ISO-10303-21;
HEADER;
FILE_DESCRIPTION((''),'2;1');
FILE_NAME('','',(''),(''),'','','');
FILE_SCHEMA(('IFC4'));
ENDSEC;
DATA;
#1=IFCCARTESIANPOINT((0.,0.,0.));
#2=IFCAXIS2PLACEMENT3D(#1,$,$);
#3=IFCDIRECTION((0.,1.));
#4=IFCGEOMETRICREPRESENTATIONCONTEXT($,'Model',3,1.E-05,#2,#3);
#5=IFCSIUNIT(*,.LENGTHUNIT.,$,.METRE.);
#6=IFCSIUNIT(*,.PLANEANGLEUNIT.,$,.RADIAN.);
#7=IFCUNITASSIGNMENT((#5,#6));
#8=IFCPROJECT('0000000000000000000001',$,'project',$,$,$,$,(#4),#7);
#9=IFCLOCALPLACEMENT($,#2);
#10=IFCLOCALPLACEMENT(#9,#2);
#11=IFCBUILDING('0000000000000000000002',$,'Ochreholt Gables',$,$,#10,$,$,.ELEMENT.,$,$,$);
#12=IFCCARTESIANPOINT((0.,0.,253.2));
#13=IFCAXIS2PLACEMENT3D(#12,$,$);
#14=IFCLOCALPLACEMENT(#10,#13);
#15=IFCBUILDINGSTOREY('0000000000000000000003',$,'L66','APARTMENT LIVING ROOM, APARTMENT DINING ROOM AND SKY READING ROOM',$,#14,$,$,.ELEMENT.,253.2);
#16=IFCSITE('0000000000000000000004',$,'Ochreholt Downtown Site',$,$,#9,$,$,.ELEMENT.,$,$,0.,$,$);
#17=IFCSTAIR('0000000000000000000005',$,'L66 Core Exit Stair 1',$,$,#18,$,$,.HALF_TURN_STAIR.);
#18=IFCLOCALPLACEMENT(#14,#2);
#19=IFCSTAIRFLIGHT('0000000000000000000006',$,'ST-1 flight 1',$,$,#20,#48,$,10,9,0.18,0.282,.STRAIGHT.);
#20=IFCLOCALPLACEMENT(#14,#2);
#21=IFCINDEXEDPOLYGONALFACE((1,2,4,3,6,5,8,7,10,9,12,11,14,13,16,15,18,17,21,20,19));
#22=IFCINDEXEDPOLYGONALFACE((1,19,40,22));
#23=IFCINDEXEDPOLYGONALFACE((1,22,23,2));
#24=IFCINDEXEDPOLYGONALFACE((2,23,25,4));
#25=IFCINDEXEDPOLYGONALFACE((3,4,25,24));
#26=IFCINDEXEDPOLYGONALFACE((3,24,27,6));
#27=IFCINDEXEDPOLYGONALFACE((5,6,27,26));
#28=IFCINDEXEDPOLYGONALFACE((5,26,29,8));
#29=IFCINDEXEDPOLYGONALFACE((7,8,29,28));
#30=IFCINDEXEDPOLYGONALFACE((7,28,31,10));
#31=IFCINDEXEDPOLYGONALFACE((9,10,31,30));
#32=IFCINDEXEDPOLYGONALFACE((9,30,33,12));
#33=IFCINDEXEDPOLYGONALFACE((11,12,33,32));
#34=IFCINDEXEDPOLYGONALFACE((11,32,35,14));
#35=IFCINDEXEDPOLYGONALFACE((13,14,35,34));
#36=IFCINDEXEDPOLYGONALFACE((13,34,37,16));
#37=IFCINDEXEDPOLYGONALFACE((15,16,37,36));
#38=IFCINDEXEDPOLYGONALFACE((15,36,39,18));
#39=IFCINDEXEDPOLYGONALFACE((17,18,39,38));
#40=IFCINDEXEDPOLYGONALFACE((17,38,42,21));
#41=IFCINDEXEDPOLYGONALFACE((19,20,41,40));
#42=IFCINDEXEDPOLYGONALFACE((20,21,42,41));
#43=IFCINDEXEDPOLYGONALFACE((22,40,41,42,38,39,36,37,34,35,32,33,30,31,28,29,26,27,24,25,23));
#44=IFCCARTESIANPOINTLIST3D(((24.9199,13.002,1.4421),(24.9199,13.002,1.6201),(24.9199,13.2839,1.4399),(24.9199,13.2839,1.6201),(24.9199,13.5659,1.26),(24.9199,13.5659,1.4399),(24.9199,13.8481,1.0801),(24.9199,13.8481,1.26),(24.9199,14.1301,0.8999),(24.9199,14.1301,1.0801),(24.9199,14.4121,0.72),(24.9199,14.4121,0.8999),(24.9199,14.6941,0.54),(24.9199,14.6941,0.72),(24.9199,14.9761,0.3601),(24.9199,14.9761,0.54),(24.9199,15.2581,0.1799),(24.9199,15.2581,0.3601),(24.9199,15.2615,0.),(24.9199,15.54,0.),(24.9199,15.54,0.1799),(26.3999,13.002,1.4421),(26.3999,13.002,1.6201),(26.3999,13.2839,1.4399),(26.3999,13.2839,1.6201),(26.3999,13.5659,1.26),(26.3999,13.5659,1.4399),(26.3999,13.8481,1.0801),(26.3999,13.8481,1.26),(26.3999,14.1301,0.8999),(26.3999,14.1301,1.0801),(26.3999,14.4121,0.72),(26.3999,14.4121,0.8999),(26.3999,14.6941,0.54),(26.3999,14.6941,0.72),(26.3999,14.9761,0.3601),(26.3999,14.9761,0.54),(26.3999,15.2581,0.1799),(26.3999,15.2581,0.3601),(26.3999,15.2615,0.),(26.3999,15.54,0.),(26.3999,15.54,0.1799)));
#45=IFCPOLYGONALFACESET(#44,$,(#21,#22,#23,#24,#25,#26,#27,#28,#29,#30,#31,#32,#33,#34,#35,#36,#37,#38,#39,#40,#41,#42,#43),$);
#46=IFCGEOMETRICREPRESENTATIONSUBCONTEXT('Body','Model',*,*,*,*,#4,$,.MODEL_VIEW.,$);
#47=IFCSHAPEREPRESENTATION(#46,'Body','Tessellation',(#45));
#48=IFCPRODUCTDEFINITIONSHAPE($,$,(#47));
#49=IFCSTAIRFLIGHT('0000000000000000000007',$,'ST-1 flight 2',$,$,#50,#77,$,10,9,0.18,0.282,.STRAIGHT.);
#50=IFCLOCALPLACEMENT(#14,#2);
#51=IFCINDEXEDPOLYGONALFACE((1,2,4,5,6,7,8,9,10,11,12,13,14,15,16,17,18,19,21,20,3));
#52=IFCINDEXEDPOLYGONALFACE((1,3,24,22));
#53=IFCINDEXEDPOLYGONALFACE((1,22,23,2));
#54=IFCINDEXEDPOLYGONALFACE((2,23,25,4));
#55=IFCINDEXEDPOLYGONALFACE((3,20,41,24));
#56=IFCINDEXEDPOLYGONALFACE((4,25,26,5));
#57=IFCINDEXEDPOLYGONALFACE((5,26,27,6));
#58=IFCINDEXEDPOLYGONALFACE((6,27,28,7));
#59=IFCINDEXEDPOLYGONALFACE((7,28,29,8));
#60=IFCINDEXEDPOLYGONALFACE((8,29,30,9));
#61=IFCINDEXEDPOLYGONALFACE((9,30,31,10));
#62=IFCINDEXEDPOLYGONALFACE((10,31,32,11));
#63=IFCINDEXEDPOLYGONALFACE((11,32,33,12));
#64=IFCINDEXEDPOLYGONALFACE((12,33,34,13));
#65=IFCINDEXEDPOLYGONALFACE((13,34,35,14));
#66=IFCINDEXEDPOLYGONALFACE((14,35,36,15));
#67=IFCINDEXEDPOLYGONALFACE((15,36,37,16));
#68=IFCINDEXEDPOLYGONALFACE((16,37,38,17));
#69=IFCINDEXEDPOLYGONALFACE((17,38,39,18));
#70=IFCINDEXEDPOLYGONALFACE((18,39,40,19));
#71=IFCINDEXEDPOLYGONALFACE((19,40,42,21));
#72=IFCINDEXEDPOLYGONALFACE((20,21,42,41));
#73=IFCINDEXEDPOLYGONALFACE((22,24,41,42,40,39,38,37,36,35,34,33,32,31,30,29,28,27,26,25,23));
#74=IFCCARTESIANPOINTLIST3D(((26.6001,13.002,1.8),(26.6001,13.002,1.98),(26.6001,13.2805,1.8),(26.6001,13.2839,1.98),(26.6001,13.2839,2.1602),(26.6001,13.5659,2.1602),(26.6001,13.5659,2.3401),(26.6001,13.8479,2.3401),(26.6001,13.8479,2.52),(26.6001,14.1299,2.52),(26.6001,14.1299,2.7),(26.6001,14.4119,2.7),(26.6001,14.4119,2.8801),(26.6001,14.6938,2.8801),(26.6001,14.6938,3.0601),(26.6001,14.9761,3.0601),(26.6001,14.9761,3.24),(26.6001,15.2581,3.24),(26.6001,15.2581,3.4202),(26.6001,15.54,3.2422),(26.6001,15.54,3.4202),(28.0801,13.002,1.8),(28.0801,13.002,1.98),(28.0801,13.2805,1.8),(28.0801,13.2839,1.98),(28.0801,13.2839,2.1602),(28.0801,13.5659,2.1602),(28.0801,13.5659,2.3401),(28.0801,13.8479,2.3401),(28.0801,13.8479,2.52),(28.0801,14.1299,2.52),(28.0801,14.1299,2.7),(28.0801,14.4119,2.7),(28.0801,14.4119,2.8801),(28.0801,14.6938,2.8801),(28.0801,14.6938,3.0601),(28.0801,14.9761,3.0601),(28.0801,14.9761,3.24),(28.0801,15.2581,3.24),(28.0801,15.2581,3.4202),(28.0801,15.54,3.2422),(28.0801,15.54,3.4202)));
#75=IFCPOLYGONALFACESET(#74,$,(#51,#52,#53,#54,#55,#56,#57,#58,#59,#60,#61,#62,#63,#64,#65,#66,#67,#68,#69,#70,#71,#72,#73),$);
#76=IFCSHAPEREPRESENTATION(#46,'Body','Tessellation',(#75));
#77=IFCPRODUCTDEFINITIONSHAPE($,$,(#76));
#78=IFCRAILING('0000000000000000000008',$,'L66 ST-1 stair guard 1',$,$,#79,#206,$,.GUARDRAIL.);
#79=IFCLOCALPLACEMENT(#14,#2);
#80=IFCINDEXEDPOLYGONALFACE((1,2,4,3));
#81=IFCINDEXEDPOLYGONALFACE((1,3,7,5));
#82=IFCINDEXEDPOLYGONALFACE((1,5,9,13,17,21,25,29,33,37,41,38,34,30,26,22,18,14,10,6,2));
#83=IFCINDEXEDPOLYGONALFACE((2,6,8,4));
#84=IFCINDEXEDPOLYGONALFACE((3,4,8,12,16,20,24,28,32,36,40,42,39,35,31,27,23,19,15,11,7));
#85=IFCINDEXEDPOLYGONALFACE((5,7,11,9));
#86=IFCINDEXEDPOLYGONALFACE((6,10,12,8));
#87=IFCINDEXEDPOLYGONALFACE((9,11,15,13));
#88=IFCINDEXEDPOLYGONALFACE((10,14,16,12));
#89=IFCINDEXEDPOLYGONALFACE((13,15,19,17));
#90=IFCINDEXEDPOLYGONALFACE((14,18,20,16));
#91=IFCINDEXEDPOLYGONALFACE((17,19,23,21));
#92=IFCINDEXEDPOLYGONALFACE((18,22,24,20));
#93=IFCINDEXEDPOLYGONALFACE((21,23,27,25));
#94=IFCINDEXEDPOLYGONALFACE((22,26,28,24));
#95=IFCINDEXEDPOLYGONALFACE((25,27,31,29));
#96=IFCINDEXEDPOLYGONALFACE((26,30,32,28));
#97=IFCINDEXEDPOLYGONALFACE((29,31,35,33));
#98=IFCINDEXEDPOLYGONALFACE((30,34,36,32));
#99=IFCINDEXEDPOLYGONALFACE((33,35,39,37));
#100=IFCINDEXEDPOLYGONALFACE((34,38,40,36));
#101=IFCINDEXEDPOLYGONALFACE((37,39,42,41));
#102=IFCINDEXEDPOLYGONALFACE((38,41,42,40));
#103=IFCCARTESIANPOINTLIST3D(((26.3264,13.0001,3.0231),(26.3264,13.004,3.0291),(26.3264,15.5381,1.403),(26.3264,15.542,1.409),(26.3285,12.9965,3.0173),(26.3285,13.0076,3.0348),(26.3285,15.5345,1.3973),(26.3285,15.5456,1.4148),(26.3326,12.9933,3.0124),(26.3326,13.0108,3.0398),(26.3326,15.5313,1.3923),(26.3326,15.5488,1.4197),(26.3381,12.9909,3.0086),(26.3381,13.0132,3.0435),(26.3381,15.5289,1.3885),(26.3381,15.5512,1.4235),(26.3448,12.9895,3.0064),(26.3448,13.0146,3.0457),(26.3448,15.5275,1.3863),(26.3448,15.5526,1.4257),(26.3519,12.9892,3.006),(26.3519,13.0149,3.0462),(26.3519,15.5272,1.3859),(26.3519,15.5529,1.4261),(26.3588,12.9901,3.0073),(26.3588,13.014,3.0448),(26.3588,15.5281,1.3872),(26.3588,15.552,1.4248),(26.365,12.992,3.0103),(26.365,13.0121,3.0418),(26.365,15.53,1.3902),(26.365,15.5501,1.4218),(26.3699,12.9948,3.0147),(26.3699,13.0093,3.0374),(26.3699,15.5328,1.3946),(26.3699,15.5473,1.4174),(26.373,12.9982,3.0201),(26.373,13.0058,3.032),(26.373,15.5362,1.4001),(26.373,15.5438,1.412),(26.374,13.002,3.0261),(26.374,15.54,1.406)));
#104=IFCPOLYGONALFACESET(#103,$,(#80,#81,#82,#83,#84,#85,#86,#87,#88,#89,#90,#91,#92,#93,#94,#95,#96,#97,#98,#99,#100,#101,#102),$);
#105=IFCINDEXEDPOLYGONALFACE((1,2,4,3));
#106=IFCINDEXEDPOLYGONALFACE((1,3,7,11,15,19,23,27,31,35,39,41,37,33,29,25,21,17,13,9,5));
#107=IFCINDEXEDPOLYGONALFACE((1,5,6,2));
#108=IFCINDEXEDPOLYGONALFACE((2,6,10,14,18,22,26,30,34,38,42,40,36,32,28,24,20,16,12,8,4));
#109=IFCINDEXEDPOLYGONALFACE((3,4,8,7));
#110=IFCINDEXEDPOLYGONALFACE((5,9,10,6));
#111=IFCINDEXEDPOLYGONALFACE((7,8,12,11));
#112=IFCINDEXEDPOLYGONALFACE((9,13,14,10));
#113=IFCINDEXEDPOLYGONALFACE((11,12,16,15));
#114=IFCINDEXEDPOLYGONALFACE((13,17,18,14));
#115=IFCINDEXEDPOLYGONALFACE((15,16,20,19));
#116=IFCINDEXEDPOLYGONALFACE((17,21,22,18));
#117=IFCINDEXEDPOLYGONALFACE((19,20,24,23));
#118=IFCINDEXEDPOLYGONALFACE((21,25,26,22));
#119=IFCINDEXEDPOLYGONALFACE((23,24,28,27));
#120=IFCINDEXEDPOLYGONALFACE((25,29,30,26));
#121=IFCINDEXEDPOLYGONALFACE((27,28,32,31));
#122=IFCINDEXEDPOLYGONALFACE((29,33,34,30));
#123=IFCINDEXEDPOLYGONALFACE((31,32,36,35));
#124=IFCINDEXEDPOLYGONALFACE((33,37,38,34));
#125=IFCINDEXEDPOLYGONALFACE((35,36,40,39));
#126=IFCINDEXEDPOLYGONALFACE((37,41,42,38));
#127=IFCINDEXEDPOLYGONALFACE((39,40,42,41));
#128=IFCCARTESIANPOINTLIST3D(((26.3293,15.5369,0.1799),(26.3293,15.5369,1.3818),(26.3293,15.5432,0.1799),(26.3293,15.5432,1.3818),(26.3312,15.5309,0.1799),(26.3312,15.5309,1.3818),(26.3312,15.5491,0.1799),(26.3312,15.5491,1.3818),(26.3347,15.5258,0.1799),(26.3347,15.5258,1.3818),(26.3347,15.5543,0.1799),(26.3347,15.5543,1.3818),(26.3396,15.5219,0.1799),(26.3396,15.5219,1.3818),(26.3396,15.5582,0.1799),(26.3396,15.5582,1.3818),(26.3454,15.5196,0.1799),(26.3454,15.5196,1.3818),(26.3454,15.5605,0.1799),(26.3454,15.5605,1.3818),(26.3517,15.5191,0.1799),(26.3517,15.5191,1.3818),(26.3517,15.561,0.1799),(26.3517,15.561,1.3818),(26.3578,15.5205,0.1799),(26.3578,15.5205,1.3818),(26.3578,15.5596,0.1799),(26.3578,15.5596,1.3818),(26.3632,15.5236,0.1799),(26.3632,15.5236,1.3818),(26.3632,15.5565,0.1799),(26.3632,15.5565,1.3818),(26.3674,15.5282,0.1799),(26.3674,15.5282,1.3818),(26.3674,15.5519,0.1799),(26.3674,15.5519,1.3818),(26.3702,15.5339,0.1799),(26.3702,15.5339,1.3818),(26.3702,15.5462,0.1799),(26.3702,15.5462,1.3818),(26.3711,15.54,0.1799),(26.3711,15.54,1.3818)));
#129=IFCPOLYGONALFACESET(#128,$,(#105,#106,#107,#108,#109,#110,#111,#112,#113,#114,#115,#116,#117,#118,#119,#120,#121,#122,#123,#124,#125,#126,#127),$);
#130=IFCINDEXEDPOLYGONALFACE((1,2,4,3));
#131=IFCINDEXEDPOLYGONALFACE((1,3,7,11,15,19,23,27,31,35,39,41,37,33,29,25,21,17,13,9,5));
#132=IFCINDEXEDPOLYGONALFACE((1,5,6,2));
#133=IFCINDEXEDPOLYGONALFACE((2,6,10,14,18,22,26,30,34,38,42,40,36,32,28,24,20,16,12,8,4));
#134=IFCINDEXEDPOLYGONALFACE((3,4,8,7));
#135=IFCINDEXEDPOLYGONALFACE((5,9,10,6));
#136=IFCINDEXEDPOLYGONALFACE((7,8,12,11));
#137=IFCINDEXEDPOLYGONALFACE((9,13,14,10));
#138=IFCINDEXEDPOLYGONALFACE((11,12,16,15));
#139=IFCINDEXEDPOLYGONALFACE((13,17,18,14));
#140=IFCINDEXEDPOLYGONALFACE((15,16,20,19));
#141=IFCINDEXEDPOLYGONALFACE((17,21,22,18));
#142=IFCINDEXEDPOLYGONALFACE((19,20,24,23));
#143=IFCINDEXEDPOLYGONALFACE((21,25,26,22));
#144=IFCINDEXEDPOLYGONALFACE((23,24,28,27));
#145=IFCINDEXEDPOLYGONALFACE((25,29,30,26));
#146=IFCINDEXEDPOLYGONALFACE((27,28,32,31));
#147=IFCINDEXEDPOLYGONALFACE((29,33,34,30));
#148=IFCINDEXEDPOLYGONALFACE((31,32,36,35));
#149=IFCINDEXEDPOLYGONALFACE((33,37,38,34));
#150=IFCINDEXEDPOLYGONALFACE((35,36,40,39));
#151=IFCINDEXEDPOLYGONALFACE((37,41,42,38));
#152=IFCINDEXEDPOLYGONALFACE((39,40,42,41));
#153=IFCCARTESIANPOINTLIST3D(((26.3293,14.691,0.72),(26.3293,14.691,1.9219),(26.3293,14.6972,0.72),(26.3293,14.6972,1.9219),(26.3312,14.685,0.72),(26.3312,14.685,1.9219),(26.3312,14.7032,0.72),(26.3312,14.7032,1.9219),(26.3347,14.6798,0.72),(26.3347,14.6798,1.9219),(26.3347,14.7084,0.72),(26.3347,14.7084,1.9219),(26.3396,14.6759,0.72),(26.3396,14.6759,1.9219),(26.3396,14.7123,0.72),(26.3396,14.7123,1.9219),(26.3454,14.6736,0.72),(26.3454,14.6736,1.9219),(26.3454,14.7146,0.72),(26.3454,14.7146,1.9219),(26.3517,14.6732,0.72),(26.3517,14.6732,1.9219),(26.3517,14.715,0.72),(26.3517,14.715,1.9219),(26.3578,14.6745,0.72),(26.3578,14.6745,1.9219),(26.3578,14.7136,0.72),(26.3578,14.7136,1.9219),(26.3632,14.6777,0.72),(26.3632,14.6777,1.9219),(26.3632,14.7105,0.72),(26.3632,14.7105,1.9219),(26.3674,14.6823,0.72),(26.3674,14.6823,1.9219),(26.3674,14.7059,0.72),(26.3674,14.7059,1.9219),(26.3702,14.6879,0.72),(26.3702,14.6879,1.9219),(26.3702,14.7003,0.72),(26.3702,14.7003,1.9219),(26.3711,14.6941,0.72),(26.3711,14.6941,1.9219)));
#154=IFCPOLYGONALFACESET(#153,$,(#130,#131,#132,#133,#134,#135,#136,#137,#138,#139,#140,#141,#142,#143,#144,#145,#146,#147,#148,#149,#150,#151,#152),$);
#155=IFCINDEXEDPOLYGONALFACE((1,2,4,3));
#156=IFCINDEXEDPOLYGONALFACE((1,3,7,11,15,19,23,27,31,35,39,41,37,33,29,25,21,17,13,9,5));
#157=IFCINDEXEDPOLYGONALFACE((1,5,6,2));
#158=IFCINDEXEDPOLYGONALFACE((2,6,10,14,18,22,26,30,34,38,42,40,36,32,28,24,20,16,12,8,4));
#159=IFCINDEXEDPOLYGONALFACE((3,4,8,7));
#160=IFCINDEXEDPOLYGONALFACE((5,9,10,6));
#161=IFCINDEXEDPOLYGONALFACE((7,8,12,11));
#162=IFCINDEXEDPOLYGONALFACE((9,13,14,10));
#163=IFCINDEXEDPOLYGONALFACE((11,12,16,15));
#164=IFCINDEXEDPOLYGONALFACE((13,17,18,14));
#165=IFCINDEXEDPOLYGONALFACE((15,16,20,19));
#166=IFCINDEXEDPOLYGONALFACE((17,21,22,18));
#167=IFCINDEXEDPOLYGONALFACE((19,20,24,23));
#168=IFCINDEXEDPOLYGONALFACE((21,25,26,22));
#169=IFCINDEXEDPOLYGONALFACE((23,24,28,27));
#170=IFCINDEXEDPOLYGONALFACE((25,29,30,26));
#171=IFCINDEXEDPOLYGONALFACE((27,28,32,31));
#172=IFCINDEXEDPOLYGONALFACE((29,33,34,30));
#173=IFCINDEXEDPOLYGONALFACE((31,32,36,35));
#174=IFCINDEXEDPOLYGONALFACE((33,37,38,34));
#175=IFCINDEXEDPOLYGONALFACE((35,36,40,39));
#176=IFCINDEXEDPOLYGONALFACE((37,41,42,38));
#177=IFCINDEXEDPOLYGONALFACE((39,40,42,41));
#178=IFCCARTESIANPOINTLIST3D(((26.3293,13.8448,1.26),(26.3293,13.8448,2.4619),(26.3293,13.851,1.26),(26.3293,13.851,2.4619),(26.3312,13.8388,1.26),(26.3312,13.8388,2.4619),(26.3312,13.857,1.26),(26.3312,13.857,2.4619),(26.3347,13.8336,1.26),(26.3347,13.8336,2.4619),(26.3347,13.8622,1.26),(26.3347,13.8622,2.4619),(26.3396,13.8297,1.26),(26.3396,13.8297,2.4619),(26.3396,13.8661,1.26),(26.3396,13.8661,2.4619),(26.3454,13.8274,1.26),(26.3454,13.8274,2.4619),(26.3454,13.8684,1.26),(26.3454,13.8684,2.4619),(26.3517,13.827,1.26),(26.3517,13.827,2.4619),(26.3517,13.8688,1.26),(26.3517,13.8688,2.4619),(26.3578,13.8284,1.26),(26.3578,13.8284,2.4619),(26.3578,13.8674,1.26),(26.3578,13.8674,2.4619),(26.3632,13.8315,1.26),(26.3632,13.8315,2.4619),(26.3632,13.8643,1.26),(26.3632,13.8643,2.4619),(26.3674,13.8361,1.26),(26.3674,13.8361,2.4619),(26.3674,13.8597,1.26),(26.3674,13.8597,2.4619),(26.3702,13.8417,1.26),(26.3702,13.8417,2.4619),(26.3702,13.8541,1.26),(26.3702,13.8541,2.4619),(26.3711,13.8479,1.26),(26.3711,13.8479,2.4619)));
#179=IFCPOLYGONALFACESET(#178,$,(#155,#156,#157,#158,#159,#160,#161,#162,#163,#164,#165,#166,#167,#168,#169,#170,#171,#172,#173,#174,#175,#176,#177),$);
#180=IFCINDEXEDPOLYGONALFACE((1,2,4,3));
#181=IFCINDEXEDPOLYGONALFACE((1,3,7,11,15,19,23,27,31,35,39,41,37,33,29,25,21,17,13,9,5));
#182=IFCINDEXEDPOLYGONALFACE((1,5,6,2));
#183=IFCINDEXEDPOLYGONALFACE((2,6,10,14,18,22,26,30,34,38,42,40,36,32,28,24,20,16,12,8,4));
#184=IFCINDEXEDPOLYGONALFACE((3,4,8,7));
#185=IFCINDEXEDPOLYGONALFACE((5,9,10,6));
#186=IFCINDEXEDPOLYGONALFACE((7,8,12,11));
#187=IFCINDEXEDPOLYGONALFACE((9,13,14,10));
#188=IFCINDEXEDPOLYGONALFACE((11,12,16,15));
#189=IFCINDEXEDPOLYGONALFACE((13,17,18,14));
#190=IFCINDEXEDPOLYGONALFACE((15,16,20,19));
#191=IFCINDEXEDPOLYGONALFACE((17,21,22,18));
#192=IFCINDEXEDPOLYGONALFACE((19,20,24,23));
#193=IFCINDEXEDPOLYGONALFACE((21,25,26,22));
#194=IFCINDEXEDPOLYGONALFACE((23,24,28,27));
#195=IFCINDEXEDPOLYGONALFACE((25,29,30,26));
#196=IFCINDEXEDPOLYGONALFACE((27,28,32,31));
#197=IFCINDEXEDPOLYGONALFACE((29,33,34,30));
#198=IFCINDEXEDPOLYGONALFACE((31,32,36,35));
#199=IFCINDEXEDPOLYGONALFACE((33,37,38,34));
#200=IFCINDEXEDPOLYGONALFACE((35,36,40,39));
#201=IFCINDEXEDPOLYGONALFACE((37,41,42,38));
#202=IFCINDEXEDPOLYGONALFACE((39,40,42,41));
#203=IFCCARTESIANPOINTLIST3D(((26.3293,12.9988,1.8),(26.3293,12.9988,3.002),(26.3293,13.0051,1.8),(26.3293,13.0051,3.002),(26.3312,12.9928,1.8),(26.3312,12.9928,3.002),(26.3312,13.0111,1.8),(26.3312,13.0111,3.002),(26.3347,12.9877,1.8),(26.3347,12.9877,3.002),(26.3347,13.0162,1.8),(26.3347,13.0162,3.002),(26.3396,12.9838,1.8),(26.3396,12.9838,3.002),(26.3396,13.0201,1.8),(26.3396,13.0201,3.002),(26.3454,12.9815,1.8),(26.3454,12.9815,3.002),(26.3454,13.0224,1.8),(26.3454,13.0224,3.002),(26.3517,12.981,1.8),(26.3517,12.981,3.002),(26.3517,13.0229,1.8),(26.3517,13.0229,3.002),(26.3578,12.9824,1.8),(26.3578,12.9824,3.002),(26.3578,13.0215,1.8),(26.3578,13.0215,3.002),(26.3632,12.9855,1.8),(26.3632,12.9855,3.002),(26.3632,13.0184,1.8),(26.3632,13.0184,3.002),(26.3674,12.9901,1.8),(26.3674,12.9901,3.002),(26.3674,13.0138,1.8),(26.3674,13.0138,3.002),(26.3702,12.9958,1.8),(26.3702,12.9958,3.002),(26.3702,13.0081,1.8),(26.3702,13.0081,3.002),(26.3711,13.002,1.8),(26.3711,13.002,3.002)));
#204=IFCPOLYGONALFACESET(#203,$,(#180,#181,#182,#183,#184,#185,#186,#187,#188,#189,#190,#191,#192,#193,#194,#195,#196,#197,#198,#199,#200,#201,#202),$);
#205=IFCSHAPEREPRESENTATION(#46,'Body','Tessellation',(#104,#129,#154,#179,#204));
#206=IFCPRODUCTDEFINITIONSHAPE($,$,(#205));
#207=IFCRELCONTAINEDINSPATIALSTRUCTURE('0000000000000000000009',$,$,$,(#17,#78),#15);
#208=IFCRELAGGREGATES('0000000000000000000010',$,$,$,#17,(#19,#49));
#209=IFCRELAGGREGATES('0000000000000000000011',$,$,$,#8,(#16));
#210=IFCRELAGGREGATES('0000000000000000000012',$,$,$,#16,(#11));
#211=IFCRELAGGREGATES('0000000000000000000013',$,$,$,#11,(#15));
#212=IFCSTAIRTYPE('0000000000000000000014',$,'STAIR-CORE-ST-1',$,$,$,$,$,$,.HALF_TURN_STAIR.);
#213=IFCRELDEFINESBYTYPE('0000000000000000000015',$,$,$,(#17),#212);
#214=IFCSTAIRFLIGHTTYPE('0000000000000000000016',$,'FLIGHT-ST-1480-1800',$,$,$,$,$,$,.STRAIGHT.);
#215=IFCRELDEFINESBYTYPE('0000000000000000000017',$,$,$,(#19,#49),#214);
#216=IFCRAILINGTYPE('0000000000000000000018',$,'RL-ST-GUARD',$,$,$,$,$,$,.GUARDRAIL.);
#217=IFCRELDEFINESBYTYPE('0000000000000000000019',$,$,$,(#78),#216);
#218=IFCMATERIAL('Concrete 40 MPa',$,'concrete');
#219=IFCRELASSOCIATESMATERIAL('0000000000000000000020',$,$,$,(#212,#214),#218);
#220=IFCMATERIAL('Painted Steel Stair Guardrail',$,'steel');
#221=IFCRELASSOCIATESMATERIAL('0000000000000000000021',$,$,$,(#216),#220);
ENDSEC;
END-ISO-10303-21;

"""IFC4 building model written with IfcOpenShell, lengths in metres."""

from ifc_helpers import new_model, si_unit, direction, frame, origin, origin_2d, place, context, subcontext, project, spatial, polyline, circle, outline, extrude, material, type_object, element, aggregate, save


model = new_model("IFC4")

# Units and contexts
model_context = context("Model", 3, precision=1e-05, world=origin(), true_north=direction((0.0, 1.0)))
body_context = subcontext(model_context, "Body", "Model", "MODEL_VIEW")
ifc_project = project(units=[si_unit("LENGTHUNIT", "METRE"), si_unit("PLANEANGLEUNIT", "RADIAN")], contexts=[model_context])

# Site, building, storey
site_placement = place(None, origin())
site = spatial("IfcSite", under=ifc_project, at=site_placement, Name="Ochreholt Downtown Site", CompositionType="ELEMENT", RefElevation=0.0)
building_placement = place(site_placement, origin())
building = spatial("IfcBuilding", under=site, at=building_placement, Name="Ochreholt Gables", CompositionType="ELEMENT")
storey_placement = place(building_placement, frame((0.0, 0.0, 253.2)))
storey = spatial("IfcBuildingStorey", under=building, at=storey_placement, Name="L66", Description="APARTMENT LIVING ROOM, APARTMENT DINING ROOM AND SKY READING ROOM", CompositionType="ELEMENT", Elevation=253.2)

# Shared definitions
ifc_material_1 = material(Name="Concrete 40 MPa", Category="concrete")

# Stair, stair flights
stair_type = type_object("IfcStairType", Name="STAIR-CORE-ST-1", PredefinedType="HALF_TURN_STAIR", material=ifc_material_1)
stair_placement = place(storey_placement, origin())
stair = element("IfcStair", 1, at=stair_placement, inside=storey, type_object=stair_type, Name="L66 Core Exit Stair 1", PredefinedType="HALF_TURN_STAIR")
stair_flight_type = type_object("IfcStairFlightType", Name="FLIGHT-ST-1480-1800", PredefinedType="STRAIGHT", material=ifc_material_1)
stair_flight_1_placement = place(storey_placement, frame((25.6599, 15.54, 0.0), z_axis=(0.0, 0.0, 1.0), x_axis=(0.0, -1.0, 0.0)))
stair_flight_1 = element("IfcStairFlight", 2, at=stair_flight_1_placement, type_object=stair_flight_type, Name="ST-1 flight 1", NumberOfRisers=10, NumberOfTreads=9, PredefinedType="STRAIGHT", RiserHeight=0.18, TreadLength=0.282, context=body_context, shape_type="SweptSolid", body=[
    extrude(outline(polyline([(0.0, 0.0), (0.0, 0.1799), (0.282, 0.1799), (0.282, 0.3601), (0.564, 0.3601), (0.564, 0.54), (0.8459, 0.54), (0.8459, 0.72), (1.1279, 0.72), (1.1279, 0.8999), (1.4099, 0.8999), (1.4099, 1.0801), (1.6919, 1.0801), (1.6919, 1.26), (1.9741, 1.26), (1.9741, 1.4399), (2.2561, 1.4399), (2.2561, 1.6201), (2.5381, 1.6201), (2.5381, 1.8), (2.5381, 1.4421), (0.2786, 0.0), (0.0, 0.0)])), frame((0.0, 0.74, 0.0), z_axis=(0.0, -1.0, 0.0), x_axis=(1.0, 0.0, 0.0)), (0.0, 0.0, 1.0), 1.48),
])
stair_flight_2_placement = place(storey_placement, frame((27.3401, 13.002, 1.8), z_axis=(0.0, 0.0, 1.0), x_axis=(0.0, 1.0, 0.0)))
stair_flight_2 = element("IfcStairFlight", 3, at=stair_flight_2_placement, type_object=stair_flight_type, Name="ST-1 flight 2", NumberOfRisers=10, NumberOfTreads=9, PredefinedType="STRAIGHT", RiserHeight=0.18, TreadLength=0.282, context=body_context, shape_type="SweptSolid", body=[
    extrude(outline(polyline([(0.0, 0.0), (0.0, 0.1799), (0.282, 0.1799), (0.282, 0.3601), (0.564, 0.3601), (0.564, 0.54), (0.8459, 0.54), (0.8459, 0.72), (1.1279, 0.72), (1.1279, 0.8999), (1.4099, 0.8999), (1.4099, 1.0801), (1.6919, 1.0801), (1.6919, 1.26), (1.9741, 1.26), (1.9741, 1.4399), (2.2561, 1.4399), (2.2561, 1.6201), (2.5381, 1.6201), (2.5381, 1.8), (2.5381, 1.4421), (0.2786, 0.0), (0.0, 0.0)])), frame((0.0, 0.74, 0.0), z_axis=(0.0, -1.0, 0.0), x_axis=(1.0, 0.0, 0.0)), (0.0, 0.0, 1.0), 1.48),
])
aggregate(stair, [stair_flight_1, stair_flight_2])

# Railing
ifc_material_2 = material(Name="Painted Steel Stair Guardrail", Category="steel")
railing_type_1 = type_object("IfcRailingType", Name="RL-ST-GUARD", PredefinedType="GUARDRAIL", material=ifc_material_2)
railing_1_placement = place(storey_placement, frame((26.3501, 15.54, 0.1799)))
element("IfcRailing", 4, at=railing_1_placement, inside=storey, type_object=railing_type_1, Name="L66 ST-1 stair guard 1", PredefinedType="GUARDRAIL", context=body_context, shape_type="SweptSolid", body=[
    extrude(circle(Radius=0.0239, at=origin_2d()), frame((0.0, 0.0, 1.2261), z_axis=(0.0, -0.842913, 0.53805), x_axis=(1.0, 0.0, 0.0)), (0.0, 0.0, 1.0), 3.011),
    extrude(circle(Radius=0.021, at=origin_2d()), origin(), (0.0, 0.0, 1.0), 1.2019),
    extrude(circle(Radius=0.021, at=origin_2d()), frame((0.0, -0.8459, 0.54)), (0.0, 0.0, 1.0), 1.2019),
    extrude(circle(Radius=0.021, at=origin_2d()), frame((0.0, -1.6921, 1.0801)), (0.0, 0.0, 1.0), 1.2019),
    extrude(circle(Radius=0.021, at=origin_2d()), frame((0.0, -2.5381, 1.6201)), (0.0, 0.0, 1.0), 1.2019),
])

save(model, "model.ifc")
